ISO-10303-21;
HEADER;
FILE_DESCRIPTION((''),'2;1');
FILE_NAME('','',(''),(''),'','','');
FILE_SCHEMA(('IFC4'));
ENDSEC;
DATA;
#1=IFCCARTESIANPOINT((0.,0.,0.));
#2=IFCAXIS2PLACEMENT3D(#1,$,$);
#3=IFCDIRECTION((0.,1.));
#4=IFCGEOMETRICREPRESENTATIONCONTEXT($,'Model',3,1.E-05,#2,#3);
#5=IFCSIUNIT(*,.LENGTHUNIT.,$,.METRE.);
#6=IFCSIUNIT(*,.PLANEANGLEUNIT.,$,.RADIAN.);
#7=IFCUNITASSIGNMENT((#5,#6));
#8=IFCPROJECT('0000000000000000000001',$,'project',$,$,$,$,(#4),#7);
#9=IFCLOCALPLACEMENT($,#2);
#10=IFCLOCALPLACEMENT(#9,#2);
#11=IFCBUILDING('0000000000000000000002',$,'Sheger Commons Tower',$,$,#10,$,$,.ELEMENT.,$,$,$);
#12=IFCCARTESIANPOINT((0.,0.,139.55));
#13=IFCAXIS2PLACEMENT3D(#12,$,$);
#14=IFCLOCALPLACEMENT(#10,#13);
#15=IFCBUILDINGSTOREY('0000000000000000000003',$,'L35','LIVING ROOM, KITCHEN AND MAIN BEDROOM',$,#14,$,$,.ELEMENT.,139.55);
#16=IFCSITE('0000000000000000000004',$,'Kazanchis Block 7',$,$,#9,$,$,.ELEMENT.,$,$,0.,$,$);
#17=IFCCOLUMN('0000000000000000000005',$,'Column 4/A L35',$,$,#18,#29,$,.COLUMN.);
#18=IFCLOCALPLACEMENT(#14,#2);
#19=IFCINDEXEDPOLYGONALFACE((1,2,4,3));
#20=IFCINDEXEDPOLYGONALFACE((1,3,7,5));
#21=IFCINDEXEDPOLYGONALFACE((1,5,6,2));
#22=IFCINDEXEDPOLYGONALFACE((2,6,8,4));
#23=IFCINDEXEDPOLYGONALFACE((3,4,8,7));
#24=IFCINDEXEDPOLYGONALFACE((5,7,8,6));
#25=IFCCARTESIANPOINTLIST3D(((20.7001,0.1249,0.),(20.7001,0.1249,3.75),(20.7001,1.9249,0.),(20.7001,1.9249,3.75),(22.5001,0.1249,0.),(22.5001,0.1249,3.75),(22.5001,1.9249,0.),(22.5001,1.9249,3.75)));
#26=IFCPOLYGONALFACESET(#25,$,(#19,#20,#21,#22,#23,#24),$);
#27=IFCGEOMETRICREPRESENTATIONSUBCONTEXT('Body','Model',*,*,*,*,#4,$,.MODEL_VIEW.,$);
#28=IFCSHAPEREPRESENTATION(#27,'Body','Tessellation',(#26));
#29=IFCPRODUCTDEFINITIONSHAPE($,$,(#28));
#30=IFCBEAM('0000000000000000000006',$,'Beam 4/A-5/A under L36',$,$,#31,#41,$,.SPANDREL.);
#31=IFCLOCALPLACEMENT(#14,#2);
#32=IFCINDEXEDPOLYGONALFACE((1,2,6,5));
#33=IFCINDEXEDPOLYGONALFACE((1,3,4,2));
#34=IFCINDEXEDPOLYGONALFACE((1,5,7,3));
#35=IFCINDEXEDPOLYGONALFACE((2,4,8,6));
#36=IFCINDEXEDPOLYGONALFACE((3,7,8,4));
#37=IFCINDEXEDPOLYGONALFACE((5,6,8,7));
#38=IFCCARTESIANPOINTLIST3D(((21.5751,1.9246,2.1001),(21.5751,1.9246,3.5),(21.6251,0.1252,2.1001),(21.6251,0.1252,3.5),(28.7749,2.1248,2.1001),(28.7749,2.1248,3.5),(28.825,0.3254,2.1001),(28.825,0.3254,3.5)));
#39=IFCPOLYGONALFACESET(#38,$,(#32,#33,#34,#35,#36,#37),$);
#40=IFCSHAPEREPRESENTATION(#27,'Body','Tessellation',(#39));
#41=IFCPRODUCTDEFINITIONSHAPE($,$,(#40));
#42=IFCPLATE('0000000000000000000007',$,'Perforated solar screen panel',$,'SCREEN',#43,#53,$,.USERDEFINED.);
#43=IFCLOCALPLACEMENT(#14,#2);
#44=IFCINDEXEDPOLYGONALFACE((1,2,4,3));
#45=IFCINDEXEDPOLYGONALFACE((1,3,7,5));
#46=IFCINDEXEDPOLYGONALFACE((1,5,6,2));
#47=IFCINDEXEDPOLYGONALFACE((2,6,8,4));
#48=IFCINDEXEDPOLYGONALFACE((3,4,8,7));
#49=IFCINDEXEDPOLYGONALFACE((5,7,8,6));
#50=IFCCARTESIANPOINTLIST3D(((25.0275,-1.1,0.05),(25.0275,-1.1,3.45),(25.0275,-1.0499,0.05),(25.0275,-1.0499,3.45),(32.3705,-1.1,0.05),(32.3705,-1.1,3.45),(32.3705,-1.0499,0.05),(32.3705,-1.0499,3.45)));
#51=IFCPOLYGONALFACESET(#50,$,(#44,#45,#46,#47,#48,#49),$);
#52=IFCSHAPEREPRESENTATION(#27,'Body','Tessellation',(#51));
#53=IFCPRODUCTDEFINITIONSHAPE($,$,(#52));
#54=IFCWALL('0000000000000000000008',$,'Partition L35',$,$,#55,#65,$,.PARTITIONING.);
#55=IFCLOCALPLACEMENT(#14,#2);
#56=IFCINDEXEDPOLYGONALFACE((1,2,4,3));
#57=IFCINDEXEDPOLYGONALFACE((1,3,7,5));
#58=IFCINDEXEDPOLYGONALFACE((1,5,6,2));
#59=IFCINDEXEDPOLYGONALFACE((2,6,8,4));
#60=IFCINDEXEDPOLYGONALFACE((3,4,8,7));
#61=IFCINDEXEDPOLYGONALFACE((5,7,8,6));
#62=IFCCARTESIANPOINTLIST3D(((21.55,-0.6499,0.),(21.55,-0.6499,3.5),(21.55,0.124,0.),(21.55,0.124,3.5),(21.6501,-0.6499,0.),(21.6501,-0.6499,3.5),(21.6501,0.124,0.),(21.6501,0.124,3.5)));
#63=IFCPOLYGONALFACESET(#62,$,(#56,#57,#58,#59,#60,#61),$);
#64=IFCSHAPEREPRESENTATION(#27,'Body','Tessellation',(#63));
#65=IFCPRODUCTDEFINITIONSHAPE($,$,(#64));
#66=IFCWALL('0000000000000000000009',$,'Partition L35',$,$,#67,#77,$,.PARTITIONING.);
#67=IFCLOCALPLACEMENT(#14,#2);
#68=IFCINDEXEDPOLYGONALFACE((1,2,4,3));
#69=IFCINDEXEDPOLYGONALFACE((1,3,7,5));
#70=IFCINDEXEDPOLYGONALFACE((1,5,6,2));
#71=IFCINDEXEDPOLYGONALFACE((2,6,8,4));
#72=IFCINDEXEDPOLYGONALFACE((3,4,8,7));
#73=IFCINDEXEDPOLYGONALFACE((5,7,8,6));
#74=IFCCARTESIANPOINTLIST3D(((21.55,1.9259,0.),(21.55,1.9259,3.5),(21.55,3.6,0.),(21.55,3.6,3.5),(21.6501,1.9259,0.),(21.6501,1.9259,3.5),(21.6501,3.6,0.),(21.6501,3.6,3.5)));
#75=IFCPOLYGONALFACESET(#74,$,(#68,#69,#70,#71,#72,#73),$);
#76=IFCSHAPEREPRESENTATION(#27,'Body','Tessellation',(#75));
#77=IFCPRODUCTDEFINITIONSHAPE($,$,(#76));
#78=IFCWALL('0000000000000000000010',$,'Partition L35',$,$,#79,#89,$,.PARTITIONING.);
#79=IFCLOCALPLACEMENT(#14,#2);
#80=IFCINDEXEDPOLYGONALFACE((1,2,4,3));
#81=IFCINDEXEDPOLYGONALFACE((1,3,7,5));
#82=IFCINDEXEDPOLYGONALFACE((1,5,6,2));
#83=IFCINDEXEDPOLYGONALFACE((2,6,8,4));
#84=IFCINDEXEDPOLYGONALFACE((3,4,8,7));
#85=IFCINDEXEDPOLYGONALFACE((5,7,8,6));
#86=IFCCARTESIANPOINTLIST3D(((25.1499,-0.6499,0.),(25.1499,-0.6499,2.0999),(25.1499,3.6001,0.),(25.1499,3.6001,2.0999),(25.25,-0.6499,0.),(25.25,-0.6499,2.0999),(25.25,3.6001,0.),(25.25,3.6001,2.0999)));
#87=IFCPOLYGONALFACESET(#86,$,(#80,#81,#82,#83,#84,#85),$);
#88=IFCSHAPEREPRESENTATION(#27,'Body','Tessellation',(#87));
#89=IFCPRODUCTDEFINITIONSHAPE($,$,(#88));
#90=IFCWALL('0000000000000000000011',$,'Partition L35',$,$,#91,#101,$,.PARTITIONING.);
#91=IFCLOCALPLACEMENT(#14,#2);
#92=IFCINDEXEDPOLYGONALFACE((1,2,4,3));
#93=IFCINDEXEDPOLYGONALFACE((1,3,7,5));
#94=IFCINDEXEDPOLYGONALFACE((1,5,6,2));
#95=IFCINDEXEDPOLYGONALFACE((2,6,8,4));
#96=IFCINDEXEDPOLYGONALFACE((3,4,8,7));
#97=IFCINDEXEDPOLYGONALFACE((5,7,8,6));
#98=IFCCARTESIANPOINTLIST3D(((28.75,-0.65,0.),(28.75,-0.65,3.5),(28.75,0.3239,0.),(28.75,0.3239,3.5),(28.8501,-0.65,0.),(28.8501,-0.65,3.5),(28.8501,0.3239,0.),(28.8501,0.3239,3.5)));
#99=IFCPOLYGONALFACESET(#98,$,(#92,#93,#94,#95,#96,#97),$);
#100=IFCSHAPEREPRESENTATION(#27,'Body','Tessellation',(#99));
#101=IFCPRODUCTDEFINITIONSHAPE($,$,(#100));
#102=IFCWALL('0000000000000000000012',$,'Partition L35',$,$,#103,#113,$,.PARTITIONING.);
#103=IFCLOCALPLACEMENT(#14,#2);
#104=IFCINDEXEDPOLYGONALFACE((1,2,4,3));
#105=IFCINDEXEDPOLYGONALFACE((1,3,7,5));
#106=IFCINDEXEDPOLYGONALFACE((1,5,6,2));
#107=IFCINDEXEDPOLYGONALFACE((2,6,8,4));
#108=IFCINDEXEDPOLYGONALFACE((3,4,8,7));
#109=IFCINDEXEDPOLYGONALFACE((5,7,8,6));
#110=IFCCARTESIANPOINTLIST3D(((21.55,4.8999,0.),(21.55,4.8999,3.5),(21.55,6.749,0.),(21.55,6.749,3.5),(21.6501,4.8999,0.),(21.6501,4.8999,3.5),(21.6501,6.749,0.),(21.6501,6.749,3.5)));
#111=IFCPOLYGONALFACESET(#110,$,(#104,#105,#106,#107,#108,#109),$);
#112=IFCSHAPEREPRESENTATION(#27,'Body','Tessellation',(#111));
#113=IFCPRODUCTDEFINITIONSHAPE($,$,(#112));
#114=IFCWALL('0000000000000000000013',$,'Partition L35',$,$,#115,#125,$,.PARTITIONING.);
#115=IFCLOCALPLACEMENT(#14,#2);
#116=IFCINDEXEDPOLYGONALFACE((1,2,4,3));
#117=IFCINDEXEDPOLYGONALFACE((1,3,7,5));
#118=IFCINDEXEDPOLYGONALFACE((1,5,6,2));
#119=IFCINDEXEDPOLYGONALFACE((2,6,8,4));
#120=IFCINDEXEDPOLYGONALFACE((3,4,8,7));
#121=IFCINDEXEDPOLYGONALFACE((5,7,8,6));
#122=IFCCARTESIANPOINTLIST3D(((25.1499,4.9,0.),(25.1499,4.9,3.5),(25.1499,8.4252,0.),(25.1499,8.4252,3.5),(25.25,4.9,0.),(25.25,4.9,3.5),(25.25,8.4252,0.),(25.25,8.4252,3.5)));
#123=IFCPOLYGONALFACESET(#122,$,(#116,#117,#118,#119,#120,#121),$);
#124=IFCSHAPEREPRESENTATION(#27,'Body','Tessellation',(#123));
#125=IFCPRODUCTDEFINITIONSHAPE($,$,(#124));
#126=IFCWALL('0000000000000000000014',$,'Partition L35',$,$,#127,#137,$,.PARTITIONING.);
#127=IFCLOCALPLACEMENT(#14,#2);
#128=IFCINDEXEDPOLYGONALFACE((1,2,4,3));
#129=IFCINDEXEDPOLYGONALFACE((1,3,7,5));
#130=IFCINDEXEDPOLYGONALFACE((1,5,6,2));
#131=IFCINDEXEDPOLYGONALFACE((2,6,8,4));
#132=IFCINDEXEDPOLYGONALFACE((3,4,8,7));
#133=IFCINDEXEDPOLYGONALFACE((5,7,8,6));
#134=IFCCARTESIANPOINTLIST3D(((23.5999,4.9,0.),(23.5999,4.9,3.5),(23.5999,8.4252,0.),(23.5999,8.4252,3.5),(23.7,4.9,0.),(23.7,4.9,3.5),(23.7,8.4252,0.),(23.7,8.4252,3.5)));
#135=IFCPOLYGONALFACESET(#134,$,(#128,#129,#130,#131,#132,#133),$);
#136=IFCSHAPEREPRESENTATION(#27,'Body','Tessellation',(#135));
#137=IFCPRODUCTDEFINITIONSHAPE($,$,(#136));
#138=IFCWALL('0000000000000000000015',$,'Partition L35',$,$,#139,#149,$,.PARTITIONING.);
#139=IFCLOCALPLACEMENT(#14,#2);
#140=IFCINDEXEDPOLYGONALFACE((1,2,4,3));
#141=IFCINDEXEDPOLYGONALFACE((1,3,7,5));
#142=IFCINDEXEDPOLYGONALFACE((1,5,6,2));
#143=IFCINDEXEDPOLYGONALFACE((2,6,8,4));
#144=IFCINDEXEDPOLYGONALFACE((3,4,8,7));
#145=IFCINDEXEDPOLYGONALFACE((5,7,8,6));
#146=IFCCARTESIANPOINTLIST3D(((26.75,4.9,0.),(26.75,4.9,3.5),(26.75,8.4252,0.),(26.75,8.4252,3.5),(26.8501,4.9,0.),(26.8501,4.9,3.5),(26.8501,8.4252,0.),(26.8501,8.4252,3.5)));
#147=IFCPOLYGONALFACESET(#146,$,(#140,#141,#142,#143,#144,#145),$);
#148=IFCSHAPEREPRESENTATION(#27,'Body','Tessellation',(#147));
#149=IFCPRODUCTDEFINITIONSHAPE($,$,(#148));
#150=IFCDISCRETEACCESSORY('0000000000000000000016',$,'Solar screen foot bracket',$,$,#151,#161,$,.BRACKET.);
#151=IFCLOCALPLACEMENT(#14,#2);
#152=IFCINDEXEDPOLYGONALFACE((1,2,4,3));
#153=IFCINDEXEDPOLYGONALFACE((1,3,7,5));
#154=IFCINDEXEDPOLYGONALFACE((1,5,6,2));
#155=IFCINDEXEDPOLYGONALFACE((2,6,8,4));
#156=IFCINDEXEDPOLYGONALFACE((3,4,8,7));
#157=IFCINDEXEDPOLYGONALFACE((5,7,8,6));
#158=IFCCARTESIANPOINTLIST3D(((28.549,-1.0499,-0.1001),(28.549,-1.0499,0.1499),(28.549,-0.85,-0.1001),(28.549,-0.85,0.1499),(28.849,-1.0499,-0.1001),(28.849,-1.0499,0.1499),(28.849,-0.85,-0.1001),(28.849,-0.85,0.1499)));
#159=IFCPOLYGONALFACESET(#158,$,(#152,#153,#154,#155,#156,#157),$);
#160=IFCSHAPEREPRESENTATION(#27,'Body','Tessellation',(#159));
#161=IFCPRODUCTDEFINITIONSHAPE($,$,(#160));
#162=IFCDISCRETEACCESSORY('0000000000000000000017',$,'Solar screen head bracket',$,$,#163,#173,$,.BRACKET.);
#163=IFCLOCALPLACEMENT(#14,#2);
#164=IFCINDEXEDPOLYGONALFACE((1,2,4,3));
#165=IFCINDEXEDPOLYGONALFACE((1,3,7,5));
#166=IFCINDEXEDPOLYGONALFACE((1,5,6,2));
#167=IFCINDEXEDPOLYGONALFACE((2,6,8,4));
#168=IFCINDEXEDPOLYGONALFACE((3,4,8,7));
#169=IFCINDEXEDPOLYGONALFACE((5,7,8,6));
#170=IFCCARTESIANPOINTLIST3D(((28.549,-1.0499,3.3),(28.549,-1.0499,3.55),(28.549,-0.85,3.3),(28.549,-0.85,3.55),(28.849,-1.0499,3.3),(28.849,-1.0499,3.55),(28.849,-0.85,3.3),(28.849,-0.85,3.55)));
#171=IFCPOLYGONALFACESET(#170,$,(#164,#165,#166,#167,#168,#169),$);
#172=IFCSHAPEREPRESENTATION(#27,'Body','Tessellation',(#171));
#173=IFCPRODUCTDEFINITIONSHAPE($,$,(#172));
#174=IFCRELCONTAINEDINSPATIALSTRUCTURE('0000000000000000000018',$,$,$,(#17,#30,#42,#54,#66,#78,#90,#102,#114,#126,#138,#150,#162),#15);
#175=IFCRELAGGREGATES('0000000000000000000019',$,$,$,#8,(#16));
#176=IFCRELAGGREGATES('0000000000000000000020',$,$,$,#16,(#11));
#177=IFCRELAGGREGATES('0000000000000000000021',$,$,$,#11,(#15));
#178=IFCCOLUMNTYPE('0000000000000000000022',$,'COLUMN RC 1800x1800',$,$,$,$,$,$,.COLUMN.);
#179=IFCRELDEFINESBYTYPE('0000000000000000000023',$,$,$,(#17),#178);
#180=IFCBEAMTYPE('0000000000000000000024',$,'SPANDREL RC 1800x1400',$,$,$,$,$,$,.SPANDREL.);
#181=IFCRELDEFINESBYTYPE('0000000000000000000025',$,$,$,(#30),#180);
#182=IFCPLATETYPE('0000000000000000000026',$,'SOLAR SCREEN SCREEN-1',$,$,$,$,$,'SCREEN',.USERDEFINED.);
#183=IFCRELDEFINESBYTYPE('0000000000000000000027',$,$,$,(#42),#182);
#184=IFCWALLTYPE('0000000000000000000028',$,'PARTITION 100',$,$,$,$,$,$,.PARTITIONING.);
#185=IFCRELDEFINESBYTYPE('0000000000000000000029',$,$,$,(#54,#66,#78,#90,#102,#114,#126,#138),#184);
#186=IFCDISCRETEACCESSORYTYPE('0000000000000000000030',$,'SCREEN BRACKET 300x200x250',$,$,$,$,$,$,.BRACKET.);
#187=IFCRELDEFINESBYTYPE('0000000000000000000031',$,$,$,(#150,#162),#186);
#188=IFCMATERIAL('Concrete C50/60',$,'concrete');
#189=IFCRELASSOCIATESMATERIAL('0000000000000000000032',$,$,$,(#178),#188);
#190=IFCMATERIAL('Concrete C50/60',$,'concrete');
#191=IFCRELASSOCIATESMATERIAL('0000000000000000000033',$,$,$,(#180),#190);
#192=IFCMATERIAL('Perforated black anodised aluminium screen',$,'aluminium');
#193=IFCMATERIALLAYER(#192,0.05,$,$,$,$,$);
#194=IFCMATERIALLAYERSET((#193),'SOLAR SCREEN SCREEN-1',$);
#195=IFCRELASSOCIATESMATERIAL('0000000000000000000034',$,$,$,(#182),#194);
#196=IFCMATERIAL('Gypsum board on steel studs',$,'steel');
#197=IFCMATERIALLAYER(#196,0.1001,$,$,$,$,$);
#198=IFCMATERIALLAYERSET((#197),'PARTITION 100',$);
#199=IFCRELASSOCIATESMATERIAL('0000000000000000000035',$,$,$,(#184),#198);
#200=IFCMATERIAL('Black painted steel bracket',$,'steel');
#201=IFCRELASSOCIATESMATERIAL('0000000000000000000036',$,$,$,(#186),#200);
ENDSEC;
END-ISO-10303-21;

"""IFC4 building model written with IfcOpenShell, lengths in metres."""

from ifc_helpers import new_model, si_unit, direction, frame, frame_2d, origin, origin_2d, place, context, subcontext, project, spatial, rectangle, extrude, material, layer, layer_set, material_profile, profile_set, type_object, element, save


model = new_model("IFC4")

# Units and contexts
model_context = context("Model", 3, precision=1e-05, world=origin(), true_north=direction((0.0, 1.0)))
body_context = subcontext(model_context, "Body", "Model", "MODEL_VIEW")
ifc_project = project(units=[si_unit("LENGTHUNIT", "METRE"), si_unit("PLANEANGLEUNIT", "RADIAN")], contexts=[model_context])

# Site, building, storey
site_placement = place(None, origin())
site = spatial("IfcSite", under=ifc_project, at=site_placement, Name="Kazanchis Block 7", CompositionType="ELEMENT", RefElevation=0.0)
building_placement = place(site_placement, origin())
building = spatial("IfcBuilding", under=site, at=building_placement, Name="Sheger Commons Tower", CompositionType="ELEMENT")
storey_placement = place(building_placement, frame((0.0, 0.0, 139.55)))
storey = spatial("IfcBuildingStorey", under=building, at=storey_placement, Name="L35", Description="LIVING ROOM, KITCHEN AND MAIN BEDROOM", CompositionType="ELEMENT", Elevation=139.55)

# Column
ifc_material_1 = material(Name="Concrete C50/60", Category="concrete")
ifc_material_profile_1 = material_profile(ifc_material_1, rectangle(XDim=1.8, YDim=1.8, at=origin_2d()), Name="RC 1800x1800")
ifc_profile_set_1 = profile_set([ifc_material_profile_1], Name="Concrete C50/60")
column_type = type_object("IfcColumnType", Name="COLUMN RC 1800x1800", PredefinedType="COLUMN", material=ifc_profile_set_1)
column_placement = place(storey_placement, frame((21.6001, 1.0249, 0.0), z_axis=(0.0, 0.0, 1.0), x_axis=(1.0, 0.0, 0.0)))
element("IfcColumn", 1, at=column_placement, inside=storey, type_object=column_type, Name="Column 4/A L35", PredefinedType="COLUMN", context=body_context, shape_type="SweptSolid", body=[
    extrude(rectangle(XDim=1.8, YDim=1.8, at=origin_2d()), origin(), (0.0, 0.0, 1.0), 3.75),
])

# Beam
ifc_material_2 = material(Name="Concrete C50/60", Category="concrete")
ifc_material_profile_2 = material_profile(ifc_material_2, rectangle(XDim=1.8, YDim=1.3999, at=origin_2d()), Name="RC 1800x1400")
ifc_profile_set_2 = profile_set([ifc_material_profile_2], Name="Concrete C50/60")
beam_type = type_object("IfcBeamType", Name="SPANDREL RC 1800x1400", PredefinedType="SPANDREL", material=ifc_profile_set_2)
beam_placement = place(storey_placement, frame((21.6001, 1.0249, 2.8), z_axis=(0.999614, 0.027794, 0.0), x_axis=(-0.027794, 0.999614, 0.0)))
element("IfcBeam", 2, at=beam_placement, inside=storey, type_object=beam_type, Name="Beam 4/A-5/A under L36", PredefinedType="SPANDREL", context=body_context, shape_type="SweptSolid", body=[
    extrude(rectangle(XDim=1.8, YDim=1.3999, at=origin_2d()), origin(), (0.0, 0.0, 1.0), 7.2026),
])

# Plate
ifc_material_3 = material(Name="Perforated black anodised aluminium screen", Category="aluminium")
ifc_layer_1 = layer(ifc_material_3, 0.05)
ifc_layer_set_1 = layer_set([ifc_layer_1], Name="SOLAR SCREEN SCREEN-1")
plate_type = type_object("IfcPlateType", Name="SOLAR SCREEN SCREEN-1", ElementType="SCREEN", PredefinedType="USERDEFINED", material=ifc_layer_set_1)
plate_placement = place(storey_placement, frame((28.699, -1.075, 0.05), z_axis=(0.0, 0.0, 1.0), x_axis=(1.0, 0.0, 0.0)))
element("IfcPlate", 3, at=plate_placement, inside=storey, type_object=plate_type, Name="Perforated solar screen panel", ObjectType="SCREEN", PredefinedType="USERDEFINED", context=body_context, shape_type="SweptSolid", body=[
    extrude(rectangle(XDim=7.343, YDim=0.05, at=origin_2d()), origin(), (0.0, 0.0, 1.0), 3.3999),
])

# Walls
ifc_material_4 = material(Name="Gypsum board on steel studs", Category="steel")
ifc_layer_2 = layer(ifc_material_4, 0.1001)
ifc_layer_set_2 = layer_set([ifc_layer_2], Name="PARTITION 100")
wall_type = type_object("IfcWallType", Name="PARTITION 100", PredefinedType="PARTITIONING", material=ifc_layer_set_2)
wall_1_placement = place(storey_placement, frame((21.6001, -0.6499, 0.0), z_axis=(0.0, 0.0, 1.0), x_axis=(0.0, 1.0, 0.0)))
element("IfcWall", 4, at=wall_1_placement, inside=storey, type_object=wall_type, Name="Partition L35", PredefinedType="PARTITIONING", context=body_context, shape_type="SweptSolid", body=[
    extrude(rectangle(XDim=0.7739, YDim=0.1001, at=frame_2d((0.387, 0.0))), origin(), (0.0, 0.0, 1.0), 3.5),
])
wall_2_placement = place(storey_placement, frame((21.6001, 1.926, 0.0), z_axis=(0.0, 0.0, 1.0), x_axis=(0.0, 1.0, 0.0)))
element("IfcWall", 5, at=wall_2_placement, inside=storey, type_object=wall_type, Name="Partition L35", PredefinedType="PARTITIONING", context=body_context, shape_type="SweptSolid", body=[
    extrude(rectangle(XDim=1.6741, YDim=0.1001, at=frame_2d((0.8369, 0.0))), origin(), (0.0, 0.0, 1.0), 3.5),
])
wall_3_placement = place(storey_placement, frame((25.2, -0.6499, 0.0), z_axis=(0.0, 0.0, 1.0), x_axis=(0.0, 1.0, 0.0)))
element("IfcWall", 6, at=wall_3_placement, inside=storey, type_object=wall_type, Name="Partition L35", PredefinedType="PARTITIONING", context=body_context, shape_type="SweptSolid", body=[
    extrude(rectangle(XDim=4.25, YDim=0.1001, at=frame_2d((2.125, 0.0))), origin(), (0.0, 0.0, 1.0), 2.0999),
])
wall_4_placement = place(storey_placement, frame((28.8, -0.6499, 0.0), z_axis=(0.0, 0.0, 1.0), x_axis=(0.0, 1.0, 0.0)))
element("IfcWall", 7, at=wall_4_placement, inside=storey, type_object=wall_type, Name="Partition L35", PredefinedType="PARTITIONING", context=body_context, shape_type="SweptSolid", body=[
    extrude(rectangle(XDim=0.9739, YDim=0.1001, at=frame_2d((0.4868, 0.0))), origin(), (0.0, 0.0, 1.0), 3.5),
])
wall_5_placement = place(storey_placement, frame((21.6001, 4.8999, 0.0), z_axis=(0.0, 0.0, 1.0), x_axis=(0.0, 1.0, 0.0)))
element("IfcWall", 8, at=wall_5_placement, inside=storey, type_object=wall_type, Name="Partition L35", PredefinedType="PARTITIONING", context=body_context, shape_type="SweptSolid", body=[
    extrude(rectangle(XDim=1.8491, YDim=0.1001, at=frame_2d((0.9246, 0.0))), origin(), (0.0, 0.0, 1.0), 3.5),
])
for number, where, z_axis, x_axis, name in (
    (9, (25.2, 4.8999, 0.0), (0.0, 0.0, 1.0), (0.0, 1.0, 0.0), "Partition L35"),
    (10, (23.6499, 4.8999, 0.0), (0.0, 0.0, 1.0), (0.0, 1.0, 0.0), "Partition L35"),
    (11, (26.8, 4.8999, 0.0), (0.0, 0.0, 1.0), (0.0, 1.0, 0.0), "Partition L35"),
):
    element("IfcWall", number, at=place(storey_placement, frame(where, z_axis=z_axis, x_axis=x_axis)), inside=storey, type_object=wall_type, Name=name, PredefinedType="PARTITIONING", context=body_context, shape_type="SweptSolid", body=[
        extrude(rectangle(XDim=3.5251, YDim=0.1001, at=frame_2d((1.7627, 0.0))), origin(), (0.0, 0.0, 1.0), 3.5),
    ])

# Discrete accessories
ifc_material_5 = material(Name="Black painted steel bracket", Category="steel")
discrete_accessory_type = type_object("IfcDiscreteAccessoryType", Name="SCREEN BRACKET 300x200x250", PredefinedType="BRACKET", material=ifc_material_5)
for number, where, z_axis, x_axis, name in (
    (12, (28.699, -0.95, -0.1001), (0.0, 0.0, 1.0), (1.0, 0.0, 0.0), "Solar screen foot bracket"),
    (13, (28.699, -0.95, 3.3), (0.0, 0.0, 1.0), (1.0, 0.0, 0.0), "Solar screen head bracket"),
):
    element("IfcDiscreteAccessory", number, at=place(storey_placement, frame(where, z_axis=z_axis, x_axis=x_axis)), inside=storey, type_object=discrete_accessory_type, Name=name, PredefinedType="BRACKET", context=body_context, shape_type="SweptSolid", body=[
        extrude(rectangle(XDim=0.3, YDim=0.2, at=origin_2d()), origin(), (0.0, 0.0, 1.0), 0.25),
    ])

save(model, "model.ifc")
